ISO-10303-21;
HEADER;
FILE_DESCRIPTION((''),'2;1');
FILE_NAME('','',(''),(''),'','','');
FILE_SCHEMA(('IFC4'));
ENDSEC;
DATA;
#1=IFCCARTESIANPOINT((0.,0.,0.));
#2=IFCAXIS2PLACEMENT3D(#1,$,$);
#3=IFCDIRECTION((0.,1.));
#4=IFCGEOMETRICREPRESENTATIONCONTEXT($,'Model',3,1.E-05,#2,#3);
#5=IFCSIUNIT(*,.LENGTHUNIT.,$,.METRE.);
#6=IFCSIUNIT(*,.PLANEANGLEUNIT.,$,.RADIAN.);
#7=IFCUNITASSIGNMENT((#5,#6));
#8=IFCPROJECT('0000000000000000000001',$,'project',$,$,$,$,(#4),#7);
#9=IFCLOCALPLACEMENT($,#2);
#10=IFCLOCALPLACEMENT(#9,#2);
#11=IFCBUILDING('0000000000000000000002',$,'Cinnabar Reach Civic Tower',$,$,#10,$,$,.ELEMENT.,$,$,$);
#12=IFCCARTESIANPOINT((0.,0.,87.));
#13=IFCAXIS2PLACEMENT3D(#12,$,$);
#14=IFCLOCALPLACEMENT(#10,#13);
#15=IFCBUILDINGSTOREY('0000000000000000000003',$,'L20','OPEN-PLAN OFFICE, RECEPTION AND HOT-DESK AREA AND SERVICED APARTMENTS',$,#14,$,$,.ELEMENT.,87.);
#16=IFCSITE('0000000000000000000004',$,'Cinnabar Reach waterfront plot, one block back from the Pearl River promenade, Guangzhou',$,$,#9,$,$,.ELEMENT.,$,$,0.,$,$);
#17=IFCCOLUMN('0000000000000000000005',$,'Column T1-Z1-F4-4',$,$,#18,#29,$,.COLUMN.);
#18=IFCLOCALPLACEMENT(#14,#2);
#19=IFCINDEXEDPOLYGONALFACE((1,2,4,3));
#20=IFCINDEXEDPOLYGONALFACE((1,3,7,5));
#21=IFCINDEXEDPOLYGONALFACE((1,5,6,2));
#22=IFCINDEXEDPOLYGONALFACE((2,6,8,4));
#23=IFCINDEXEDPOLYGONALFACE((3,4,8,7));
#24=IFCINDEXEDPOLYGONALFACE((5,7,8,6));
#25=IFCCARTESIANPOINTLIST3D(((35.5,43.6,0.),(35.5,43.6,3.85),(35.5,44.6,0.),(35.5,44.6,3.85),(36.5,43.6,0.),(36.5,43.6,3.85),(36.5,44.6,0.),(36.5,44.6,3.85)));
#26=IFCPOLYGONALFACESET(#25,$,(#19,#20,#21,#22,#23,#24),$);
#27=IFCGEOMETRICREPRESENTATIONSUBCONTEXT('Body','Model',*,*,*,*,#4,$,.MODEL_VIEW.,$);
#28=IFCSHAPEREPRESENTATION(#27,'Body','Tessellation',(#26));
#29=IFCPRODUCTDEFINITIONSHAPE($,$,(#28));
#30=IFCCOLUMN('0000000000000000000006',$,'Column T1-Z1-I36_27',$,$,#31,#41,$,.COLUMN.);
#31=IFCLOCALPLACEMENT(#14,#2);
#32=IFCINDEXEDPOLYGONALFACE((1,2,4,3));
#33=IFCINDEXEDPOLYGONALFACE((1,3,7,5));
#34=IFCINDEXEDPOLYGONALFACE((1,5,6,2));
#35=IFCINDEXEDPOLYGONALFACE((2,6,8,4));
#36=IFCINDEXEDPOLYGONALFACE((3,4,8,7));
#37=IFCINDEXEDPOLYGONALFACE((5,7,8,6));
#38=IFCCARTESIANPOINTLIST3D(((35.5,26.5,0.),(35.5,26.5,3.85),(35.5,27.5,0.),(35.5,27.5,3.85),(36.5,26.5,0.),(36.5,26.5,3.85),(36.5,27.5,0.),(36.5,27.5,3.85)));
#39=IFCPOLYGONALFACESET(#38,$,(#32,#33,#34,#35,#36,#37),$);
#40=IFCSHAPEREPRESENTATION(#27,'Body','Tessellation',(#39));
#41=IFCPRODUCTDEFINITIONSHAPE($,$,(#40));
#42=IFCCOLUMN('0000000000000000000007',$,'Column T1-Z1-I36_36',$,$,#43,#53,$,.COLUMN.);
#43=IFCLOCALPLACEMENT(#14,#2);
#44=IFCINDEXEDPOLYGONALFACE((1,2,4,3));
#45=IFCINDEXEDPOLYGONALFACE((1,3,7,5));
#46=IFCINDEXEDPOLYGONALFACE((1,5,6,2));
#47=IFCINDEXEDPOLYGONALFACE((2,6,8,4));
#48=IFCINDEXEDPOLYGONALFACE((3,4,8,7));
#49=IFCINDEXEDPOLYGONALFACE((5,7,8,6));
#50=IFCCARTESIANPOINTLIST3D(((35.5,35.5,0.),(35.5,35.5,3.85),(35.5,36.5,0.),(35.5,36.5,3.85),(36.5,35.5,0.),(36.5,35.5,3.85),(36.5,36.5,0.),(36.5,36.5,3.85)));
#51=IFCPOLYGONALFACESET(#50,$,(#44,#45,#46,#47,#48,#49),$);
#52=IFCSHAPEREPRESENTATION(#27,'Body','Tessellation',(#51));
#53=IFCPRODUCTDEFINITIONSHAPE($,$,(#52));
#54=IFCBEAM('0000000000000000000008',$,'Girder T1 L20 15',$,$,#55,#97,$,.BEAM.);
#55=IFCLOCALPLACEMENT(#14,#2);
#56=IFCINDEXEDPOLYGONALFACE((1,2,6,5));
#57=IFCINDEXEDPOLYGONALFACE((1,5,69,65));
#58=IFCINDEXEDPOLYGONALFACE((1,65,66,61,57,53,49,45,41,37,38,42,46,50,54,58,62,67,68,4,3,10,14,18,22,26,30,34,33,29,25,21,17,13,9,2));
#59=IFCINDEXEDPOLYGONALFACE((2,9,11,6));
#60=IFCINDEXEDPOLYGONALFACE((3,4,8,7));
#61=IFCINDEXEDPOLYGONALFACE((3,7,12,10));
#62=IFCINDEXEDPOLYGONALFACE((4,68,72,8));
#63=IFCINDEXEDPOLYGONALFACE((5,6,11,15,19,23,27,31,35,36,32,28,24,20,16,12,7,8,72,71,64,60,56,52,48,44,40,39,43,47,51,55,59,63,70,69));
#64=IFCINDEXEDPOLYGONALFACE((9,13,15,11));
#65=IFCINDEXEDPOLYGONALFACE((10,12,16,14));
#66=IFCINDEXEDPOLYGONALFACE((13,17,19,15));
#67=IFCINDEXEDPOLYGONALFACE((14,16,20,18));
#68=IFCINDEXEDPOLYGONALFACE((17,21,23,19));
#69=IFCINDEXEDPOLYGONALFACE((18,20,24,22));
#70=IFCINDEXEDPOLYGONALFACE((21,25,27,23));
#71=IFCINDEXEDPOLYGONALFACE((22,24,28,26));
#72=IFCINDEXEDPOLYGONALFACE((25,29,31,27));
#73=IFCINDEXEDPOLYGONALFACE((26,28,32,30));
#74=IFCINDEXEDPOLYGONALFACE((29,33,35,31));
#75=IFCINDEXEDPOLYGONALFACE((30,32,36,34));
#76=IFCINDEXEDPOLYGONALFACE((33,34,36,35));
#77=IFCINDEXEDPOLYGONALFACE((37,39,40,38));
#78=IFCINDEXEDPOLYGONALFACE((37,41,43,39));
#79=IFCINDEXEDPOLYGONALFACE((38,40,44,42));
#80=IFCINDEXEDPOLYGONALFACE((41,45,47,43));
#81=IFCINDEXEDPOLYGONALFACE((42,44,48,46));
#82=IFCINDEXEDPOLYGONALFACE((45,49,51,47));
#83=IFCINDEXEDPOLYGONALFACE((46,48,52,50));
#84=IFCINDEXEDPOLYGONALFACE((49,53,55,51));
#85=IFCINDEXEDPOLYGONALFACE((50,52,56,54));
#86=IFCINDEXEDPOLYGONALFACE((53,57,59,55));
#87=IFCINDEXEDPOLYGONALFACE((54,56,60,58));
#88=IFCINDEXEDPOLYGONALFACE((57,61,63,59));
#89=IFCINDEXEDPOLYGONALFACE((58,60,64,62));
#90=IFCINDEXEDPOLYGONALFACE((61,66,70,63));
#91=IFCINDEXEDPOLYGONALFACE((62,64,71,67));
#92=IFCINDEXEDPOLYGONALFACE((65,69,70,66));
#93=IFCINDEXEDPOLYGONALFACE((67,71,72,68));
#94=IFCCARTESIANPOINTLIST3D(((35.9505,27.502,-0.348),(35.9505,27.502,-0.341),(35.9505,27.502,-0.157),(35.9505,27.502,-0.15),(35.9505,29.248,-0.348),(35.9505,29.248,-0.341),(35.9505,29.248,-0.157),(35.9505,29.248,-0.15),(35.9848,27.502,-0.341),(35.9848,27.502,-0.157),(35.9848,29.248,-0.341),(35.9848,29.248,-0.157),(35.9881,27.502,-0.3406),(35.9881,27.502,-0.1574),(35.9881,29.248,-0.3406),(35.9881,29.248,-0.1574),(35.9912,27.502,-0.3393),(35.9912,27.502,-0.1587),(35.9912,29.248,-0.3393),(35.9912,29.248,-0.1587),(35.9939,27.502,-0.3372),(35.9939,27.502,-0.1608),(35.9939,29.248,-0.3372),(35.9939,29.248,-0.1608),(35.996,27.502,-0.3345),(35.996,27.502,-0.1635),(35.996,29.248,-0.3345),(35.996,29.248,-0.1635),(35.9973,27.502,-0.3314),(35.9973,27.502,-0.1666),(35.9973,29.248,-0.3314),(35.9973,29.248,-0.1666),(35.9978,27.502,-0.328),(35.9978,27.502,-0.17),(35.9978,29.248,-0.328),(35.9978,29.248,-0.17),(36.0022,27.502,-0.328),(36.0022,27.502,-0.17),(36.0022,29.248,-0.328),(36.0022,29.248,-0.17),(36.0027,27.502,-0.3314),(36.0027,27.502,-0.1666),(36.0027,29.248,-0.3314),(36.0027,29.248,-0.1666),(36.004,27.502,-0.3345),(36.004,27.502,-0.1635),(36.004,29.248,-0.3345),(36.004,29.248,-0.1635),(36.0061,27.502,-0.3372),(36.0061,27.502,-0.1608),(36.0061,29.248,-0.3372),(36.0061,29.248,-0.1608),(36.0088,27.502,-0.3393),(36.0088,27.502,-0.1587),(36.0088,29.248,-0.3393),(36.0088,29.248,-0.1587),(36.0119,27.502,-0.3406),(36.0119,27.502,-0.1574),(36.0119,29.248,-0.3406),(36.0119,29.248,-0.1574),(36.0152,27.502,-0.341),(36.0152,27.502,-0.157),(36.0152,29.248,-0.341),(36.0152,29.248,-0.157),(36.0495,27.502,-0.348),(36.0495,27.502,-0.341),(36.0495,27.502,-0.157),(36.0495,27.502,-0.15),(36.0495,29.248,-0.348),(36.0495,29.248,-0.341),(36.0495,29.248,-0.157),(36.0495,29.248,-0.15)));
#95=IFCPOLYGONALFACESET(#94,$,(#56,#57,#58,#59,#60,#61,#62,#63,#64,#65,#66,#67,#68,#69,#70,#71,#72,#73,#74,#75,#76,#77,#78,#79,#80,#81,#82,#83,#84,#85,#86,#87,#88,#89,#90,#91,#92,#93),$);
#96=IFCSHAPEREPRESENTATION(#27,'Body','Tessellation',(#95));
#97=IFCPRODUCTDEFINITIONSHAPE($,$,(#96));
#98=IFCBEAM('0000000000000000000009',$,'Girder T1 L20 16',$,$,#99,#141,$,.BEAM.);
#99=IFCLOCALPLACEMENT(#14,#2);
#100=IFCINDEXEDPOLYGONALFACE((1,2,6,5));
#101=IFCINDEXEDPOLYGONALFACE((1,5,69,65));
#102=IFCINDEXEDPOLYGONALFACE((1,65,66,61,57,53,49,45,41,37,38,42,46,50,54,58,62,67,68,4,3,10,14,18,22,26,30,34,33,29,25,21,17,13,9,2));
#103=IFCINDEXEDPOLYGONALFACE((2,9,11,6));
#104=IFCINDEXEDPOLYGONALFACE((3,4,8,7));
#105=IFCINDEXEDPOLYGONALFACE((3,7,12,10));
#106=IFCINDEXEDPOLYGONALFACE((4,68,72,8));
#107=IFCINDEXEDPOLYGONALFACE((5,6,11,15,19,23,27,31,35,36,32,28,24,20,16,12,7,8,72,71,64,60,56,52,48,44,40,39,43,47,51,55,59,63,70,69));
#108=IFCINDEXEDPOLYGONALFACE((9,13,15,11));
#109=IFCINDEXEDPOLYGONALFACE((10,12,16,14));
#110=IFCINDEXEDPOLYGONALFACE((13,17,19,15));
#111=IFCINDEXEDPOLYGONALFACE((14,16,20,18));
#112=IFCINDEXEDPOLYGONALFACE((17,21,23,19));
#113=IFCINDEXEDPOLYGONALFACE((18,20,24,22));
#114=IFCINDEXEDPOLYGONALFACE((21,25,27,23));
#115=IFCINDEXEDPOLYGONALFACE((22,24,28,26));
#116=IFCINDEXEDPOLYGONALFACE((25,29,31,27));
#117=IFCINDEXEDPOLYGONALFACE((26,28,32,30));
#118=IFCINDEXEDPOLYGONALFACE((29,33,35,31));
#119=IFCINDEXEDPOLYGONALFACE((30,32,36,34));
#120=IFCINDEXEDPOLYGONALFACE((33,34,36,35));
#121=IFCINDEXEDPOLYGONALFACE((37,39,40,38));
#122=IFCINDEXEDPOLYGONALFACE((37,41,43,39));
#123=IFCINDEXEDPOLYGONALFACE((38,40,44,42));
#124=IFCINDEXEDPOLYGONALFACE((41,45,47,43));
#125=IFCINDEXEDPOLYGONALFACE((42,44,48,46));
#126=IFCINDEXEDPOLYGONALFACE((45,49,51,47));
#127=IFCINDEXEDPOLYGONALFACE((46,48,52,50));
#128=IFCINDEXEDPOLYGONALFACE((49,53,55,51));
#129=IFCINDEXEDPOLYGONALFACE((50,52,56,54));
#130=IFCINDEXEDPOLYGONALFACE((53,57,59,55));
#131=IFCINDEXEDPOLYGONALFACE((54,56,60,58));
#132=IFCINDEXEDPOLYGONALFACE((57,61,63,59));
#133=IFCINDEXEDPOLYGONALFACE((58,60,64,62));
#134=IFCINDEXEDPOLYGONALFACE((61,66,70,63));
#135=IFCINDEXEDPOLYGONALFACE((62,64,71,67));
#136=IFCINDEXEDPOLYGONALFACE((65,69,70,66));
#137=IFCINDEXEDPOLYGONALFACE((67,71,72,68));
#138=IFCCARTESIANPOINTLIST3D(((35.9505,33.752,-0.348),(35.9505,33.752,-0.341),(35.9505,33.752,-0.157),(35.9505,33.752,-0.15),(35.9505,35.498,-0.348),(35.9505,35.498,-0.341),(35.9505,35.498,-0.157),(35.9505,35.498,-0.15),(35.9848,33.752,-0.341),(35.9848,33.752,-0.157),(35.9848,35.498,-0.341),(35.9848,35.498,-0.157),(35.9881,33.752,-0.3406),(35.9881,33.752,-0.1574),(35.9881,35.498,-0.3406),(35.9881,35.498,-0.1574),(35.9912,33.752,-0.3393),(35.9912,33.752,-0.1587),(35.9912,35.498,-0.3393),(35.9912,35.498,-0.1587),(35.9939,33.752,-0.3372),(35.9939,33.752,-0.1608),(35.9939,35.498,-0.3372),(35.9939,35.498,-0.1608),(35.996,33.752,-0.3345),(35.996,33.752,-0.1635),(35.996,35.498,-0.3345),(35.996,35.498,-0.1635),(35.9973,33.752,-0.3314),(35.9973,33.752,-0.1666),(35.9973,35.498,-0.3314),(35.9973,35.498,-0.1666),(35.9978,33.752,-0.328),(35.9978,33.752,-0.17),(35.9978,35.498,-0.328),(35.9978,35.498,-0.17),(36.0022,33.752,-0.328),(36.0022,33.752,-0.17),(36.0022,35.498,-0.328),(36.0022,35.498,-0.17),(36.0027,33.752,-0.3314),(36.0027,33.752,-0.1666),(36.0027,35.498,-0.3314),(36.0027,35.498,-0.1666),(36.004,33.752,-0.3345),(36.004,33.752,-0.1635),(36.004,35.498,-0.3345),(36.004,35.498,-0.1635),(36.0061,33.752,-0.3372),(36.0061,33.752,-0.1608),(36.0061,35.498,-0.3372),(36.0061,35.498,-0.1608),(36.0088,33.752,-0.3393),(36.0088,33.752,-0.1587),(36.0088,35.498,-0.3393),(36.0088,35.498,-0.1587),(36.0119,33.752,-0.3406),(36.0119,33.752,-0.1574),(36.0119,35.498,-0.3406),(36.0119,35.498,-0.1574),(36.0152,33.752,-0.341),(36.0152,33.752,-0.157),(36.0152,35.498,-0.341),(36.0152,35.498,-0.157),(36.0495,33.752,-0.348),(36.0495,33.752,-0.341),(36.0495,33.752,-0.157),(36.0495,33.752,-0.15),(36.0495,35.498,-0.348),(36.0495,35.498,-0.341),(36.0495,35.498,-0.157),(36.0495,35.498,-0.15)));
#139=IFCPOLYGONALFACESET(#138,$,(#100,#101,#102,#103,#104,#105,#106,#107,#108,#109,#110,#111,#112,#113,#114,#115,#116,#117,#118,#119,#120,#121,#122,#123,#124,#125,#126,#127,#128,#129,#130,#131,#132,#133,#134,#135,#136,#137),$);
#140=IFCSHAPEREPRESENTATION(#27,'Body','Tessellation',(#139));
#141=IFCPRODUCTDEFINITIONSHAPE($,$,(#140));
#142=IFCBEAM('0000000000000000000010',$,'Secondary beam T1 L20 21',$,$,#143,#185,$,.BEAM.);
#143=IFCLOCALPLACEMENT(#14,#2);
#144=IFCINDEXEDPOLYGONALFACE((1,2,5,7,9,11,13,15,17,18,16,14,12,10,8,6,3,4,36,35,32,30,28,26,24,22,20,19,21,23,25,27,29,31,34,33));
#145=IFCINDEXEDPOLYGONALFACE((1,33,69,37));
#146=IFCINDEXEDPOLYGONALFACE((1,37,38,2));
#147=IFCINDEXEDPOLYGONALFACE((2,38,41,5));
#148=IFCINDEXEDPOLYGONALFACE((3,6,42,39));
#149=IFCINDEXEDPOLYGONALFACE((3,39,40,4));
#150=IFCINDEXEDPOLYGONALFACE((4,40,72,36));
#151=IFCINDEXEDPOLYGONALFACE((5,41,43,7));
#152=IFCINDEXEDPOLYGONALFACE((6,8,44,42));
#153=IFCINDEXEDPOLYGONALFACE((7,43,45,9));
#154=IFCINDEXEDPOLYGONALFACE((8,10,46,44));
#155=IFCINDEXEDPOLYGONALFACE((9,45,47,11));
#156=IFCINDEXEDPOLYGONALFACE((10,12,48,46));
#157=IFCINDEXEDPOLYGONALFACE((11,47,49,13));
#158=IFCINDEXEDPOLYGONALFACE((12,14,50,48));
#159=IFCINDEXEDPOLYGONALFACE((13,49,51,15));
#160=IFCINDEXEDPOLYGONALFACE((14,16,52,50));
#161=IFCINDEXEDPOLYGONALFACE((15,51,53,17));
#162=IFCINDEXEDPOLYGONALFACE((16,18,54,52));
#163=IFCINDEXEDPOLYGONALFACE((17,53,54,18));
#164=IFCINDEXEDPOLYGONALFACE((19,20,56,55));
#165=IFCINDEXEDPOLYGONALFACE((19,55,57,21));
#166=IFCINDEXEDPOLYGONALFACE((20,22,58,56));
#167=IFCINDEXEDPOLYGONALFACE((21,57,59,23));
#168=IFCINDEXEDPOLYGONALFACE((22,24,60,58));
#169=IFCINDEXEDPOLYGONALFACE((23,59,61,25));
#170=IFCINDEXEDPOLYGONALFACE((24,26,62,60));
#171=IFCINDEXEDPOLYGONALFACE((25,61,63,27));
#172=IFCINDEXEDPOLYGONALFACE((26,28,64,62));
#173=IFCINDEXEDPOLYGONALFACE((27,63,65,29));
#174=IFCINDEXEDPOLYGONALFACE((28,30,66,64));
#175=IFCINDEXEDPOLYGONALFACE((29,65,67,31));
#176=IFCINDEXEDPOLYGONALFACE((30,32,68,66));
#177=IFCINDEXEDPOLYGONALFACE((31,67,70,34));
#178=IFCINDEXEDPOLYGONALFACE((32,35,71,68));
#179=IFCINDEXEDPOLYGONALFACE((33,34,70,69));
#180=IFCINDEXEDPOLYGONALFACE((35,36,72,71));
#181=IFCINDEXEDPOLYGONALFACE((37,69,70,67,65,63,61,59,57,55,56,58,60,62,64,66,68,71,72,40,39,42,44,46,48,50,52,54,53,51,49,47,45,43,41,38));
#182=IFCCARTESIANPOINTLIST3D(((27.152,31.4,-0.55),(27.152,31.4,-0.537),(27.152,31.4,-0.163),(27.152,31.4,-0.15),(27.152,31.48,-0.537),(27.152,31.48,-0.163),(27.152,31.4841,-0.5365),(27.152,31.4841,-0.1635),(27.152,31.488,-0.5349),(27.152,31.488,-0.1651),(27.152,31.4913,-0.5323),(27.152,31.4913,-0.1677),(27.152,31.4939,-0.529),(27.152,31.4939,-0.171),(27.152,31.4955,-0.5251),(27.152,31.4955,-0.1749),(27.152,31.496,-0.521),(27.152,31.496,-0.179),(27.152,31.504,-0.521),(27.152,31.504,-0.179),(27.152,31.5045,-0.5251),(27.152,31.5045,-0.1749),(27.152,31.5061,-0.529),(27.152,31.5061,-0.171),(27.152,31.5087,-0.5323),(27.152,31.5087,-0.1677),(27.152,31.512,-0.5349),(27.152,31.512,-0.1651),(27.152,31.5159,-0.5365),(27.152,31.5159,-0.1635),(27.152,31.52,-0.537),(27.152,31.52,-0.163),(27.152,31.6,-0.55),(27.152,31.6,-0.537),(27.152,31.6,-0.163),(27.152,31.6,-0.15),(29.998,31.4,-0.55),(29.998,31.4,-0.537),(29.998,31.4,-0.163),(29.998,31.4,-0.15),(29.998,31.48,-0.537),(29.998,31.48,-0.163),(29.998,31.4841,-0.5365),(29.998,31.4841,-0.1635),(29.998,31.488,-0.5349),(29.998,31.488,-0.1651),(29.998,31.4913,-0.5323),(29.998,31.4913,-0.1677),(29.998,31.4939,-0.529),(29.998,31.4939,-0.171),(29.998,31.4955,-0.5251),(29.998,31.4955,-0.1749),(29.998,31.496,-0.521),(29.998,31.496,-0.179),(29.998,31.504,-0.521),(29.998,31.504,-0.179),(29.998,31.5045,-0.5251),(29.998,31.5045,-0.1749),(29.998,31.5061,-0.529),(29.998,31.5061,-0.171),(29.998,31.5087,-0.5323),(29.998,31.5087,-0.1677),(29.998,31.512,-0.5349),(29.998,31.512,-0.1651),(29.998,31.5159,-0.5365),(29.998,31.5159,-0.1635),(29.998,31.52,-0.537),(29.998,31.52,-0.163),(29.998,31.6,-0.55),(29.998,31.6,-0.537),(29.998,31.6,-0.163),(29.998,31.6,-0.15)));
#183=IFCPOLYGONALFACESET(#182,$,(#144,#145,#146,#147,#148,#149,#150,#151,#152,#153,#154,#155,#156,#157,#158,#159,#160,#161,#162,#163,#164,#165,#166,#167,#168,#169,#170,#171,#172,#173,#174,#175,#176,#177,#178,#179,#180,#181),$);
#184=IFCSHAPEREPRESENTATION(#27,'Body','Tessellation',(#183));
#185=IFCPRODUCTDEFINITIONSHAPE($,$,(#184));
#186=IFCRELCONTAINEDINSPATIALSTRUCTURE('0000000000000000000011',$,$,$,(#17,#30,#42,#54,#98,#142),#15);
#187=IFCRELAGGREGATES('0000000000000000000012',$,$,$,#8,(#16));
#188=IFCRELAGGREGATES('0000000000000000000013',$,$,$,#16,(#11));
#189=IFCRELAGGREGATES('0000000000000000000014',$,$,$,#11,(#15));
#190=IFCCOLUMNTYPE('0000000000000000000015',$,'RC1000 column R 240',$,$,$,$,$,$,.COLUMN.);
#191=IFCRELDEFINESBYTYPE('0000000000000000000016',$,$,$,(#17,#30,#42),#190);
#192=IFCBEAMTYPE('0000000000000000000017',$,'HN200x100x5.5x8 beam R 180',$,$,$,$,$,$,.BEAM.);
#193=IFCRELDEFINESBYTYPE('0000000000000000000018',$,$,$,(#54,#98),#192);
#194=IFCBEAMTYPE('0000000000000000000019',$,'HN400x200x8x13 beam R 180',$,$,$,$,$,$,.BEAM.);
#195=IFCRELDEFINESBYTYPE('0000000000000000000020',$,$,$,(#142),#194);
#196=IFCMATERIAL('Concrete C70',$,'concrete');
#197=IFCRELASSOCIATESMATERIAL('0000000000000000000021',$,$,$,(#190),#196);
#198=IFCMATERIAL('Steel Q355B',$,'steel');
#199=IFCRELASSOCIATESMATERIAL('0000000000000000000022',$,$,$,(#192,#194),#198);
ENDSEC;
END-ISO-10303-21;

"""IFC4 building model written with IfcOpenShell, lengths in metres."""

from ifc_helpers import new_model, si_unit, direction, frame, origin, origin_2d, place, context, subcontext, project, spatial, rectangle, i_section, extrude, material, material_profile, profile_set, type_object, element, save


model = new_model("IFC4")

# Units and contexts
model_context = context("Model", 3, precision=1e-05, world=origin(), true_north=direction((0.0, 1.0)))
body_context = subcontext(model_context, "Body", "Model", "MODEL_VIEW")
ifc_project = project(units=[si_unit("LENGTHUNIT", "METRE"), si_unit("PLANEANGLEUNIT", "RADIAN")], contexts=[model_context])

# Site, building, storey
site_placement = place(None, origin())
site = spatial("IfcSite", under=ifc_project, at=site_placement, Name="Cinnabar Reach waterfront plot, one block back from the Pearl River promenade, Guangzhou", CompositionType="ELEMENT", RefElevation=0.0)
building_placement = place(site_placement, origin())
building = spatial("IfcBuilding", under=site, at=building_placement, Name="Cinnabar Reach Civic Tower", CompositionType="ELEMENT")
storey_placement = place(building_placement, frame((0.0, 0.0, 87.0)))
storey = spatial("IfcBuildingStorey", under=building, at=storey_placement, Name="L20", Description="OPEN-PLAN OFFICE, RECEPTION AND HOT-DESK AREA AND SERVICED APARTMENTS", CompositionType="ELEMENT", Elevation=87.0)

# Columns
ifc_material_1 = material(Name="Concrete C70", Category="concrete")
ifc_material_profile_1 = material_profile(ifc_material_1, rectangle(XDim=1.0, YDim=1.0, at=origin_2d()), Name="RC1000")
ifc_profile_set_1 = profile_set([ifc_material_profile_1], Name="Concrete C70")
column_type = type_object("IfcColumnType", Name="RC1000 column R 240", PredefinedType="COLUMN", material=ifc_profile_set_1)
for number, where, z_axis, x_axis, name in (
    (1, (36.0, 44.1, 0.0), (0.0, 0.0, 1.0), (1.0, 0.0, 0.0), "Column T1-Z1-F4-4"),
    (2, (36.0, 27.0, 0.0), (0.0, 0.0, 1.0), (1.0, 0.0, 0.0), "Column T1-Z1-I36_27"),
    (3, (36.0, 36.0, 0.0), (0.0, 0.0, 1.0), (1.0, 0.0, 0.0), "Column T1-Z1-I36_36"),
):
    element("IfcColumn", number, at=place(storey_placement, frame(where, z_axis=z_axis, x_axis=x_axis)), inside=storey, type_object=column_type, Name=name, PredefinedType="COLUMN", context=body_context, shape_type="SweptSolid", body=[
        extrude(rectangle(XDim=1.0, YDim=1.0, at=origin_2d()), origin(), (0.0, 0.0, 1.0), 3.85),
    ])

# Beams
ifc_material_2 = material(Name="Steel Q355B", Category="steel")
ifc_material_profile_2 = material_profile(ifc_material_2, i_section(OverallWidth=0.099, OverallDepth=0.198, WebThickness=0.0045, FlangeThickness=0.007, FilletRadius=0.013, at=origin_2d()), Name="HN200x100x5.5x8")
ifc_profile_set_2 = profile_set([ifc_material_profile_2], Name="Steel Q355B")
beam_type_1 = type_object("IfcBeamType", Name="HN200x100x5.5x8 beam R 180", PredefinedType="BEAM", material=ifc_profile_set_2)
for number, where, z_axis, x_axis, name in (
    (4, (36.0, 27.502, -0.249), (0.0, 1.0, 0.0), (-1.0, 0.0, 0.0), "Girder T1 L20 15"),
    (5, (36.0, 33.752, -0.249), (0.0, 1.0, 0.0), (-1.0, 0.0, 0.0), "Girder T1 L20 16"),
):
    element("IfcBeam", number, at=place(storey_placement, frame(where, z_axis=z_axis, x_axis=x_axis)), inside=storey, type_object=beam_type_1, Name=name, PredefinedType="BEAM", context=body_context, shape_type="SweptSolid", body=[
        extrude(i_section(OverallWidth=0.099, OverallDepth=0.198, WebThickness=0.0045, FlangeThickness=0.007, FilletRadius=0.013, at=origin_2d()), origin(), (0.0, 0.0, 1.0), 1.746),
    ])
ifc_material_profile_3 = material_profile(ifc_material_2, i_section(OverallWidth=0.2, OverallDepth=0.4, WebThickness=0.008, FlangeThickness=0.013, FilletRadius=0.016, at=origin_2d()), Name="HN400x200x8x13")
ifc_profile_set_3 = profile_set([ifc_material_profile_3], Name="Steel Q355B")
beam_type_2 = type_object("IfcBeamType", Name="HN400x200x8x13 beam R 180", PredefinedType="BEAM", material=ifc_profile_set_3)
beam_1_placement = place(storey_placement, frame((27.152, 31.5, -0.35), z_axis=(1.0, 0.0, 0.0), x_axis=(0.0, 1.0, 0.0)))
element("IfcBeam", 6, at=beam_1_placement, inside=storey, type_object=beam_type_2, Name="Secondary beam T1 L20 21", PredefinedType="BEAM", context=body_context, shape_type="SweptSolid", body=[
    extrude(i_section(OverallWidth=0.2, OverallDepth=0.4, WebThickness=0.008, FlangeThickness=0.013, FilletRadius=0.016, at=origin_2d()), origin(), (0.0, 0.0, 1.0), 2.846),
])

save(model, "model.ifc")
